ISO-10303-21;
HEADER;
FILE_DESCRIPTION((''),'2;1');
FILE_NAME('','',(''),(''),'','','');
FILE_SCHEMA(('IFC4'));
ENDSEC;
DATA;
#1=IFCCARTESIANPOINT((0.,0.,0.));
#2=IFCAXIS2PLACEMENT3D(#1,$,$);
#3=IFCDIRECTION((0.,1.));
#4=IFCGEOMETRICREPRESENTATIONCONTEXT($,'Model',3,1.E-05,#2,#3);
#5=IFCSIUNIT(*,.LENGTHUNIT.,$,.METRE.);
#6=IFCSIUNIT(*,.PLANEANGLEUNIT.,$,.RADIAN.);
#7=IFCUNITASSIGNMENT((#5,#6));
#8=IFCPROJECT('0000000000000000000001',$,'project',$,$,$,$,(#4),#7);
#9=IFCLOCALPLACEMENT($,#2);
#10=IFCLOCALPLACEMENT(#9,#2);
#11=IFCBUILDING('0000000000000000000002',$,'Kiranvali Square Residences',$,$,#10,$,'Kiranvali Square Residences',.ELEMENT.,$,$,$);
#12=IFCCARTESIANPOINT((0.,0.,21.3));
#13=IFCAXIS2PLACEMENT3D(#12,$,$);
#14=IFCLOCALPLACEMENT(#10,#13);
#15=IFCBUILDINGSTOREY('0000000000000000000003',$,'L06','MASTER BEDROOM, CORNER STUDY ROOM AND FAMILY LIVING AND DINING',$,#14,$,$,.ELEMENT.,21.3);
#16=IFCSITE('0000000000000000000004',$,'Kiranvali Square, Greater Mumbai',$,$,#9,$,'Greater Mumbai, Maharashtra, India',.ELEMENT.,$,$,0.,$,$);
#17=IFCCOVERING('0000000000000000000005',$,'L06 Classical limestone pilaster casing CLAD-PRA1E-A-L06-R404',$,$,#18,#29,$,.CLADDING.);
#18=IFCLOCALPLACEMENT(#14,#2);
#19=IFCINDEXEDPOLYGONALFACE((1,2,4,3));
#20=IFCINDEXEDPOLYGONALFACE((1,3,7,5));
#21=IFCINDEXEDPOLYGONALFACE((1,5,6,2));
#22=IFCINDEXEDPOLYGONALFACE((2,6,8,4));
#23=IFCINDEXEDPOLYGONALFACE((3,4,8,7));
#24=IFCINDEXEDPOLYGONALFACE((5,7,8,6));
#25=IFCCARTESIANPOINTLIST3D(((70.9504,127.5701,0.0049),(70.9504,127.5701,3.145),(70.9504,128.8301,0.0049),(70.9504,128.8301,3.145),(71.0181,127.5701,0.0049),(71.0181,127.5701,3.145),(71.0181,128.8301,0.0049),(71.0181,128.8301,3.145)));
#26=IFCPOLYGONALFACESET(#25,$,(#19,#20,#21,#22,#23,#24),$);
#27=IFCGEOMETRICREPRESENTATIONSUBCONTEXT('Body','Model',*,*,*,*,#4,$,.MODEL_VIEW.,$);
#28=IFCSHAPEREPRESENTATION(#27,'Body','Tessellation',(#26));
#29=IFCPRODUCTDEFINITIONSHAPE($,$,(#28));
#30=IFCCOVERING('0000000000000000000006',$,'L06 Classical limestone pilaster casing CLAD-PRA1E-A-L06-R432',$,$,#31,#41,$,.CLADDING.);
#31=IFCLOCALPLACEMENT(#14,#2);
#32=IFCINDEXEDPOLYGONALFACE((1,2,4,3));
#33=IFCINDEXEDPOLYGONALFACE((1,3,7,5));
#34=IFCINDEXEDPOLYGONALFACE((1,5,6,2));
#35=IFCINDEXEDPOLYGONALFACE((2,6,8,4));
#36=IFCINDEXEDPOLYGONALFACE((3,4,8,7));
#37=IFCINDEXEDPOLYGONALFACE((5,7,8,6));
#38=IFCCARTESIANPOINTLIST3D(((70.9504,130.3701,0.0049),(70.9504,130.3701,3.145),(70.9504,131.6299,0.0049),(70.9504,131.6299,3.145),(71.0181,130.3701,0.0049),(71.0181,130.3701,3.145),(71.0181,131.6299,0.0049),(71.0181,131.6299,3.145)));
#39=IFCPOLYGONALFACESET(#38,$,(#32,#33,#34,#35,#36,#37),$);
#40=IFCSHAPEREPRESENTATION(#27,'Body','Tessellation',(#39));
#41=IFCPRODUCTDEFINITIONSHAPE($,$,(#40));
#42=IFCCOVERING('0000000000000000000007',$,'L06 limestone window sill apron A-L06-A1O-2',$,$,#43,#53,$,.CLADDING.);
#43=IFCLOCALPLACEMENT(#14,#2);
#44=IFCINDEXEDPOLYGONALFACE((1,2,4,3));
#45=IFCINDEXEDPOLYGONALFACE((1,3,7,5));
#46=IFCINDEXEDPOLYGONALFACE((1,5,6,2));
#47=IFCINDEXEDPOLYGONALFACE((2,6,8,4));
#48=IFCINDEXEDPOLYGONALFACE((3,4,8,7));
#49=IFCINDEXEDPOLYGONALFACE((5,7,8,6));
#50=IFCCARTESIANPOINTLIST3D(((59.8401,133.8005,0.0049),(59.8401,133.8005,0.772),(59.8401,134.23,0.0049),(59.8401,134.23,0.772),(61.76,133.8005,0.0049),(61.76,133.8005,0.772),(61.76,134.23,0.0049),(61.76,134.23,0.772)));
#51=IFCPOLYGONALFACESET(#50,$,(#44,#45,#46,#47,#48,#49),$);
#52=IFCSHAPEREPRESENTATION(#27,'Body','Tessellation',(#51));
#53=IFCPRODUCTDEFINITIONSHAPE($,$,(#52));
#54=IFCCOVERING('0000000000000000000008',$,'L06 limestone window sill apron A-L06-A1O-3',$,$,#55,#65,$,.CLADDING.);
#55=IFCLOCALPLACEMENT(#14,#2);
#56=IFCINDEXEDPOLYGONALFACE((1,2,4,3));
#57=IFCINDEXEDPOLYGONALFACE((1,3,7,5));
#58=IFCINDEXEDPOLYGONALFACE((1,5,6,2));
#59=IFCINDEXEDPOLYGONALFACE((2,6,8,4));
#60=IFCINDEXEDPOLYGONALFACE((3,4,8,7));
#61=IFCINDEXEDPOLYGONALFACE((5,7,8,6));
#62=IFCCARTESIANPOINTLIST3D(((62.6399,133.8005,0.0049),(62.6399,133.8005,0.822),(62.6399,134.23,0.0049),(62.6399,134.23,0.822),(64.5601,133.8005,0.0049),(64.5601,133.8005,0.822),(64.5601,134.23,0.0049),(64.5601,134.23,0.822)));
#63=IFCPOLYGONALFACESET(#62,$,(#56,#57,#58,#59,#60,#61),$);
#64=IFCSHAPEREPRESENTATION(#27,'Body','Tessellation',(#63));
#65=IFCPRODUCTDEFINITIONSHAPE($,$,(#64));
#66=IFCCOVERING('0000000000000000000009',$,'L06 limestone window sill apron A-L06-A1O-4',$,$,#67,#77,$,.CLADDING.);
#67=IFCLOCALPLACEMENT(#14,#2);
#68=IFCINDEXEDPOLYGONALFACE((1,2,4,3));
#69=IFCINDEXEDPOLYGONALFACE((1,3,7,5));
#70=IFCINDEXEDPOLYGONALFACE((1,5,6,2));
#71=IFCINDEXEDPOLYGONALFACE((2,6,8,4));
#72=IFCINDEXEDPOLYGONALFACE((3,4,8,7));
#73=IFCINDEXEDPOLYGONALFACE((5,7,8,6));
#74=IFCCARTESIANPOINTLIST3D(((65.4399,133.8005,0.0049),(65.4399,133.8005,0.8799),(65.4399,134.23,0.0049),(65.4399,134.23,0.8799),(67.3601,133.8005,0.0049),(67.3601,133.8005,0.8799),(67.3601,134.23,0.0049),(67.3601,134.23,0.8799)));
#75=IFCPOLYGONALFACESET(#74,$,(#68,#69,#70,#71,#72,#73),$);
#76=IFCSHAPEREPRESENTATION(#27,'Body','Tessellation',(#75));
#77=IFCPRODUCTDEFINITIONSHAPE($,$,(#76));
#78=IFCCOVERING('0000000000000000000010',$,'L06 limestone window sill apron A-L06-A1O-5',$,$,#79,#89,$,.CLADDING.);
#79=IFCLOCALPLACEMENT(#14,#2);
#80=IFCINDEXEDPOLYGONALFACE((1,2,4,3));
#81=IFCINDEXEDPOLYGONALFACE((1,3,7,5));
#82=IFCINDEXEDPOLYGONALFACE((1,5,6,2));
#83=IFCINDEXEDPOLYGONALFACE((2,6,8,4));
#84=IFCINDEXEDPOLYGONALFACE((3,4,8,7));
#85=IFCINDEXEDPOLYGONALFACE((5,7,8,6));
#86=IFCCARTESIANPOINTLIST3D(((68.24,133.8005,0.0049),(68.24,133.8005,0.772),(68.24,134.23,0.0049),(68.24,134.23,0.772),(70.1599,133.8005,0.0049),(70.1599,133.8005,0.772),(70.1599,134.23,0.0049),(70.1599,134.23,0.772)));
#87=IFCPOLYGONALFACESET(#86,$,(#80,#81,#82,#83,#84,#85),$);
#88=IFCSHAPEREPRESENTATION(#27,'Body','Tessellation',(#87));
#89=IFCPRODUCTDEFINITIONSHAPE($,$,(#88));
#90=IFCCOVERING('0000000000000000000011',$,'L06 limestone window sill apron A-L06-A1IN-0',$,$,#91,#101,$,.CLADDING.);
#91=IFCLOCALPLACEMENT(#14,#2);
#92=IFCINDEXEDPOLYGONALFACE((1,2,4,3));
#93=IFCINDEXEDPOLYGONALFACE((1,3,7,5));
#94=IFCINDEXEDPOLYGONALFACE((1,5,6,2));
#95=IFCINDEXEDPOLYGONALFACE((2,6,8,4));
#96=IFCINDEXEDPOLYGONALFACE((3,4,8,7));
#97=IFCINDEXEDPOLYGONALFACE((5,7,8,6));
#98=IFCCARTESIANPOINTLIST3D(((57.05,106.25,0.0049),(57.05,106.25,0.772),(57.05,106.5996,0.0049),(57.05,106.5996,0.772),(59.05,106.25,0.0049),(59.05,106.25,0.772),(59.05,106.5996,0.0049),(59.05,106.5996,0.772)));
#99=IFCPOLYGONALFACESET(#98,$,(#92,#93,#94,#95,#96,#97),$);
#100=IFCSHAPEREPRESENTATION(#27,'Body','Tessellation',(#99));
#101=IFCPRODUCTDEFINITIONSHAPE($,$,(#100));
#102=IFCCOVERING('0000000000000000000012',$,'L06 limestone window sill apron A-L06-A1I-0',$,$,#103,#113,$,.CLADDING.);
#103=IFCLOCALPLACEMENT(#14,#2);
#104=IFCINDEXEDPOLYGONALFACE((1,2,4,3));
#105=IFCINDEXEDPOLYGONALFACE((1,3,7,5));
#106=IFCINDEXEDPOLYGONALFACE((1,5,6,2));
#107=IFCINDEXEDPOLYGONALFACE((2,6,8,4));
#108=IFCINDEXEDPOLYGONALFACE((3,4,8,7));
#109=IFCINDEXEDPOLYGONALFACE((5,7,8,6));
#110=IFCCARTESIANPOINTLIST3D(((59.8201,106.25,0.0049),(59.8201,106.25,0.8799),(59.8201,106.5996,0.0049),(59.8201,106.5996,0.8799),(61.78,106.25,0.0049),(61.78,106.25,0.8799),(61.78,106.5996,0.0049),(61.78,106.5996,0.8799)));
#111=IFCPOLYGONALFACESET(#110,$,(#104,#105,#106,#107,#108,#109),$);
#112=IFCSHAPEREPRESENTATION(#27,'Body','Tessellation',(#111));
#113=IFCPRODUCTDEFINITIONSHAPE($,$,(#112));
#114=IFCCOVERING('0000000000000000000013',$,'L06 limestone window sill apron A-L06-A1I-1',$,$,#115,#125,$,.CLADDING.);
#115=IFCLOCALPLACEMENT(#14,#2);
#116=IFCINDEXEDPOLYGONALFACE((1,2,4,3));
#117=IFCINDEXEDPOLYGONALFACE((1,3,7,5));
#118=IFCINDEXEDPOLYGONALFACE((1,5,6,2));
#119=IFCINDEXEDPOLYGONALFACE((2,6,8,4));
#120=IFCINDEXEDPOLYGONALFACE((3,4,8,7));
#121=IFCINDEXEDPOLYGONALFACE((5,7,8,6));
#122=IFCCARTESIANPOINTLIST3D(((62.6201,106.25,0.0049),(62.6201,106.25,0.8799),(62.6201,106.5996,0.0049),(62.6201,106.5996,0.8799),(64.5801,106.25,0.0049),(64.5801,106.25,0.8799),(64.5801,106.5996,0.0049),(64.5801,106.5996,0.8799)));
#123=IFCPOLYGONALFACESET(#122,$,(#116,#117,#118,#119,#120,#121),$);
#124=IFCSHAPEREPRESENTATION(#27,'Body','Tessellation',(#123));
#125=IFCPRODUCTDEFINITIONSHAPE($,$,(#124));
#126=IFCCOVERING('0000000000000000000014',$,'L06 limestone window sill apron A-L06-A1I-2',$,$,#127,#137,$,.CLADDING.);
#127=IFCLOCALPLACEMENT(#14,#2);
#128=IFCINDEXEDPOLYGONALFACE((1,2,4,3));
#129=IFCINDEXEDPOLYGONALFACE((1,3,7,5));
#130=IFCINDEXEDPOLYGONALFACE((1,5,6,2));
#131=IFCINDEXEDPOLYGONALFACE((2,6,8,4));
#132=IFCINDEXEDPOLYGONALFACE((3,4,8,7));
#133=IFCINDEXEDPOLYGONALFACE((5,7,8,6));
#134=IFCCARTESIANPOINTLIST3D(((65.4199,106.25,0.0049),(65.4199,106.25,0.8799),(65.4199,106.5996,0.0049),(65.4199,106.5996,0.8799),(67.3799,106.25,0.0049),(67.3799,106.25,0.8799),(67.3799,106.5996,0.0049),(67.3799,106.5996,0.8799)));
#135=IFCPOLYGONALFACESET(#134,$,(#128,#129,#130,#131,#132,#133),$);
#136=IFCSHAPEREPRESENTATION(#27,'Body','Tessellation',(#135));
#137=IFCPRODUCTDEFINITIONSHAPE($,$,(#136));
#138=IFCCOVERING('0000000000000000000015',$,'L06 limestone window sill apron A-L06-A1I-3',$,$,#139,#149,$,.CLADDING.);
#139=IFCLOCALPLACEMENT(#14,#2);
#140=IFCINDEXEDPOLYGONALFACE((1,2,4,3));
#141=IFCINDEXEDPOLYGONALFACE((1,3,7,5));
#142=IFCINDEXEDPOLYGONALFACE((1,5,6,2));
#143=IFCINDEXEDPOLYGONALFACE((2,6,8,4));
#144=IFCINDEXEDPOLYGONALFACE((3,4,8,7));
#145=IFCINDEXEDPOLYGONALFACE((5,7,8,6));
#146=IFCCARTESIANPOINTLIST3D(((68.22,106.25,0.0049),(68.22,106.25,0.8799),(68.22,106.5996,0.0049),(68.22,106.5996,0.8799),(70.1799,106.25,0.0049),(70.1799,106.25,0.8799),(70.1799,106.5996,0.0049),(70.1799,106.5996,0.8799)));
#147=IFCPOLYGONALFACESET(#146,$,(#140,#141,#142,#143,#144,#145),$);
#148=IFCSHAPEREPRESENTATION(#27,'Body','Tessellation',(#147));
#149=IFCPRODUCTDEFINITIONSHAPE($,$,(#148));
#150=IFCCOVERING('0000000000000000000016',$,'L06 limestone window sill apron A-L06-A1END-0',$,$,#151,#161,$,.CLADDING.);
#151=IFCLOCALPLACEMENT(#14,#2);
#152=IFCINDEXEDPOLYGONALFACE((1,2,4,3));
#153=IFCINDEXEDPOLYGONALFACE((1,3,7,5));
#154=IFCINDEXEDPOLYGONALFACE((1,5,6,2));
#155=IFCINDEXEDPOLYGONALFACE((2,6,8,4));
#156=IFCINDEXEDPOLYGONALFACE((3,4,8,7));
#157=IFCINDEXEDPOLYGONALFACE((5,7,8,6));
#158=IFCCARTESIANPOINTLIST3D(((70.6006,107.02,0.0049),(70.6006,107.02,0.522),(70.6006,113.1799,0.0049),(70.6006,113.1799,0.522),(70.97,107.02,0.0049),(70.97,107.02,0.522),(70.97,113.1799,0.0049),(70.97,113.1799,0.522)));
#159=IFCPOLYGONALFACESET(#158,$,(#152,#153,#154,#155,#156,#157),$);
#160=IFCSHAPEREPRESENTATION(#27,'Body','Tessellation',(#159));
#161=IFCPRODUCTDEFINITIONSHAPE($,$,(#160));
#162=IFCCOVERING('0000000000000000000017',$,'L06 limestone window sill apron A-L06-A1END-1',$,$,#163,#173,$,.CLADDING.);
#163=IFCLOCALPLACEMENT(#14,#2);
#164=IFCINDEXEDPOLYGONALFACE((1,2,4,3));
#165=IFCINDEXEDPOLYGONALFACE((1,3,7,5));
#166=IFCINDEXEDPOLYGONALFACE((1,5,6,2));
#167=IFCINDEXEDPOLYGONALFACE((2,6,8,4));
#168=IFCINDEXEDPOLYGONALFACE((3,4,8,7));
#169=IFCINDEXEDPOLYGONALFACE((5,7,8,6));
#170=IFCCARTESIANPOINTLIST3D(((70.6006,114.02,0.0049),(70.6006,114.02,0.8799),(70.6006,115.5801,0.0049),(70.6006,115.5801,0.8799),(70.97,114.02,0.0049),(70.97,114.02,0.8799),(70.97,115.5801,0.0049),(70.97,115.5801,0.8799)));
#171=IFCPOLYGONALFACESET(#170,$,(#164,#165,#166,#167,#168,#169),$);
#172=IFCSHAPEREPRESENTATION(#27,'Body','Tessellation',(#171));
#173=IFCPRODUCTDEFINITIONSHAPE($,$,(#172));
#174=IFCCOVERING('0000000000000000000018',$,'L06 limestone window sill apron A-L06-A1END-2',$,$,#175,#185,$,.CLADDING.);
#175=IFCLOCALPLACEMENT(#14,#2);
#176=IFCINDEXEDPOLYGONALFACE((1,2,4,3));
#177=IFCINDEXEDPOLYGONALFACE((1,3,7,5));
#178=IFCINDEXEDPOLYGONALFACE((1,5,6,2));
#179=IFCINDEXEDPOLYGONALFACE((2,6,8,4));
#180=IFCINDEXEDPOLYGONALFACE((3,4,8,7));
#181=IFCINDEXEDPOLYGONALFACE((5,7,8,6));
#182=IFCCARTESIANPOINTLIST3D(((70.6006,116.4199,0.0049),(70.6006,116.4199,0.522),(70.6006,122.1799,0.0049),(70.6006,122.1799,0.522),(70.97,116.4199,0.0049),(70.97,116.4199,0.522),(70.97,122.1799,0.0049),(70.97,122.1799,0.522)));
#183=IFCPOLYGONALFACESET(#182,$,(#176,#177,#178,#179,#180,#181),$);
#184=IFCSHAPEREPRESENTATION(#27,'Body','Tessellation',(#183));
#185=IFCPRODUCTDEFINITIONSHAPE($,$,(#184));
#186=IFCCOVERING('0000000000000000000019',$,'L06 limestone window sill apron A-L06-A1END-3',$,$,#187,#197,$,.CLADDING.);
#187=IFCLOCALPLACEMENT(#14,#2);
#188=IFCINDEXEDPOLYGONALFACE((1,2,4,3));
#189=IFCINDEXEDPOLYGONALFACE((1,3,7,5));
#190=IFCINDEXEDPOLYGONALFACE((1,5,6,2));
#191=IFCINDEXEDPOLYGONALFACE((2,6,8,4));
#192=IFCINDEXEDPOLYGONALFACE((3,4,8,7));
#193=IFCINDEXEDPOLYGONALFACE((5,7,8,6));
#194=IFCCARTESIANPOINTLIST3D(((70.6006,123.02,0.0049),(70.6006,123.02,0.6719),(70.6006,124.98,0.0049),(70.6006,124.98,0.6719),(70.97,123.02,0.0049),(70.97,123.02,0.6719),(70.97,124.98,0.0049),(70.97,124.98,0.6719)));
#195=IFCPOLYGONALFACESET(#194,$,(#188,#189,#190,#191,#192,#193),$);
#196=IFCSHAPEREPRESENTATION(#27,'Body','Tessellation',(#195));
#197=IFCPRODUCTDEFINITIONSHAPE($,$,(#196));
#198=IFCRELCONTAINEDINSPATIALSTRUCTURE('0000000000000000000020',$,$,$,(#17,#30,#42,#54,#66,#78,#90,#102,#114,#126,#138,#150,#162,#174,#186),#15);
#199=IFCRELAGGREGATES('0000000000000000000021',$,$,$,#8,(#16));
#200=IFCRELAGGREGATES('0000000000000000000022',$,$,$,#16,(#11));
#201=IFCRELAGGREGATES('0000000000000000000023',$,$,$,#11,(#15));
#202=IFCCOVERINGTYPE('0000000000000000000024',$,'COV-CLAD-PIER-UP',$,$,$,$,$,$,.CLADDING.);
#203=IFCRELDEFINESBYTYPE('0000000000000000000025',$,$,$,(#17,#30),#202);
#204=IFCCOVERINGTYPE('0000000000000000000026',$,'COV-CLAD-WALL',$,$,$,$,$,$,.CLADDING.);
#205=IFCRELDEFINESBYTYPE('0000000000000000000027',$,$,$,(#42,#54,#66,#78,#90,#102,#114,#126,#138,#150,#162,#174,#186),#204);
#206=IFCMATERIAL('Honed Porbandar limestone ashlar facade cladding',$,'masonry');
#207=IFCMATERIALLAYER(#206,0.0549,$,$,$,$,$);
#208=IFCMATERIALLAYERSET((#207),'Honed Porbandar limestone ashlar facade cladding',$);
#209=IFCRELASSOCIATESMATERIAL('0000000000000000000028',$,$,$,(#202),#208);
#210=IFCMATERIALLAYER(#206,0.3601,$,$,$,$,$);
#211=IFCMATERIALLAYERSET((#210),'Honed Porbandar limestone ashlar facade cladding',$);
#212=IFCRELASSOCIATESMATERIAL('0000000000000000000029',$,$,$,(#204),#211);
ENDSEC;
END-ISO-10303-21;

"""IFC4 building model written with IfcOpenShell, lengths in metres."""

from ifc_helpers import new_model, si_unit, direction, frame, origin, place, context, subcontext, project, spatial, polyline, outline, extrude, material, layer, layer_set, type_object, element, save


model = new_model("IFC4")

# Units and contexts
model_context = context("Model", 3, precision=1e-05, world=origin(), true_north=direction((0.0, 1.0)))
body_context = subcontext(model_context, "Body", "Model", "MODEL_VIEW")
ifc_project = project(units=[si_unit("LENGTHUNIT", "METRE"), si_unit("PLANEANGLEUNIT", "RADIAN")], contexts=[model_context])

# Site, building, storey
site_placement = place(None, origin())
site = spatial("IfcSite", under=ifc_project, at=site_placement, Name="Kiranvali Square, Greater Mumbai", LongName="Greater Mumbai, Maharashtra, India", CompositionType="ELEMENT", RefElevation=0.0)
building_placement = place(site_placement, origin())
building = spatial("IfcBuilding", under=site, at=building_placement, Name="Kiranvali Square Residences", LongName="Kiranvali Square Residences", CompositionType="ELEMENT")
storey_placement = place(building_placement, frame((0.0, 0.0, 21.3)))
storey = spatial("IfcBuildingStorey", under=building, at=storey_placement, Name="L06", Description="MASTER BEDROOM, CORNER STUDY ROOM AND FAMILY LIVING AND DINING", CompositionType="ELEMENT", Elevation=21.3)

# Coverings
ifc_material = material(Name="Honed Porbandar limestone ashlar facade cladding", Category="masonry")
ifc_layer_1 = layer(ifc_material, 0.0549)
ifc_layer_set_1 = layer_set([ifc_layer_1], Name="Honed Porbandar limestone ashlar facade cladding")
covering_type_1 = type_object("IfcCoveringType", Name="COV-CLAD-PIER-UP", PredefinedType="CLADDING", material=ifc_layer_set_1)
covering_1_placement = place(storey_placement, frame((0.0, 0.0, 0.0049)))
element("IfcCovering", 1, at=covering_1_placement, inside=storey, type_object=covering_type_1, Name="L06 Classical limestone pilaster casing CLAD-PRA1E-A-L06-R404", PredefinedType="CLADDING", context=body_context, shape_type="SweptSolid", body=[
    extrude(outline(polyline([(71.0181, 127.5701), (71.0181, 128.8301), (70.9504, 128.8301), (70.9504, 127.5701), (71.0181, 127.5701)])), origin(), (0.0, 0.0, 1.0), 3.1401),
])
covering_2_placement = place(storey_placement, frame((0.0, 0.0, 0.0049)))
element("IfcCovering", 2, at=covering_2_placement, inside=storey, type_object=covering_type_1, Name="L06 Classical limestone pilaster casing CLAD-PRA1E-A-L06-R432", PredefinedType="CLADDING", context=body_context, shape_type="SweptSolid", body=[
    extrude(outline(polyline([(71.0181, 130.3701), (71.0181, 131.6299), (70.9504, 131.6299), (70.9504, 130.3701), (71.0181, 130.3701)])), origin(), (0.0, 0.0, 1.0), 3.1401),
])
ifc_layer_2 = layer(ifc_material, 0.3601)
ifc_layer_set_2 = layer_set([ifc_layer_2], Name="Honed Porbandar limestone ashlar facade cladding")
covering_type_2 = type_object("IfcCoveringType", Name="COV-CLAD-WALL", PredefinedType="CLADDING", material=ifc_layer_set_2)
covering_3_placement = place(storey_placement, frame((0.0, 0.0, 0.0049)))
element("IfcCovering", 3, at=covering_3_placement, inside=storey, type_object=covering_type_2, Name="L06 limestone window sill apron A-L06-A1O-2", PredefinedType="CLADDING", context=body_context, shape_type="SweptSolid", body=[
    extrude(outline(polyline([(59.8401, 133.8005), (61.76, 133.8005), (61.76, 134.23), (59.8401, 134.23), (59.8401, 133.8005)])), origin(), (0.0, 0.0, 1.0), 0.7671),
])
covering_4_placement = place(storey_placement, frame((0.0, 0.0, 0.0049)))
element("IfcCovering", 4, at=covering_4_placement, inside=storey, type_object=covering_type_2, Name="L06 limestone window sill apron A-L06-A1O-3", PredefinedType="CLADDING", context=body_context, shape_type="SweptSolid", body=[
    extrude(outline(polyline([(62.6399, 133.8005), (64.5601, 133.8005), (64.5601, 134.23), (62.6399, 134.23), (62.6399, 133.8005)])), origin(), (0.0, 0.0, 1.0), 0.8171),
])
covering_5_placement = place(storey_placement, frame((0.0, 0.0, 0.0049)))
element("IfcCovering", 5, at=covering_5_placement, inside=storey, type_object=covering_type_2, Name="L06 limestone window sill apron A-L06-A1O-4", PredefinedType="CLADDING", context=body_context, shape_type="SweptSolid", body=[
    extrude(outline(polyline([(65.4399, 133.8005), (67.3601, 133.8005), (67.3601, 134.23), (65.4399, 134.23), (65.4399, 133.8005)])), origin(), (0.0, 0.0, 1.0), 0.875),
])
covering_6_placement = place(storey_placement, frame((0.0, 0.0, 0.0049)))
element("IfcCovering", 6, at=covering_6_placement, inside=storey, type_object=covering_type_2, Name="L06 limestone window sill apron A-L06-A1O-5", PredefinedType="CLADDING", context=body_context, shape_type="SweptSolid", body=[
    extrude(outline(polyline([(68.24, 133.8005), (70.1599, 133.8005), (70.1599, 134.23), (68.24, 134.23), (68.24, 133.8005)])), origin(), (0.0, 0.0, 1.0), 0.7671),
])
covering_7_placement = place(storey_placement, frame((0.0, 0.0, 0.0049)))
element("IfcCovering", 7, at=covering_7_placement, inside=storey, type_object=covering_type_2, Name="L06 limestone window sill apron A-L06-A1IN-0", PredefinedType="CLADDING", context=body_context, shape_type="SweptSolid", body=[
    extrude(outline(polyline([(57.05, 106.25), (59.05, 106.25), (59.05, 106.5996), (57.05, 106.5996), (57.05, 106.25)])), origin(), (0.0, 0.0, 1.0), 0.7671),
])
covering_8_placement = place(storey_placement, frame((0.0, 0.0, 0.0049)))
element("IfcCovering", 8, at=covering_8_placement, inside=storey, type_object=covering_type_2, Name="L06 limestone window sill apron A-L06-A1I-0", PredefinedType="CLADDING", context=body_context, shape_type="SweptSolid", body=[
    extrude(outline(polyline([(59.8201, 106.25), (61.78, 106.25), (61.78, 106.5996), (59.8201, 106.5996), (59.8201, 106.25)])), origin(), (0.0, 0.0, 1.0), 0.875),
])
covering_9_placement = place(storey_placement, frame((0.0, 0.0, 0.0049)))
element("IfcCovering", 9, at=covering_9_placement, inside=storey, type_object=covering_type_2, Name="L06 limestone window sill apron A-L06-A1I-1", PredefinedType="CLADDING", context=body_context, shape_type="SweptSolid", body=[
    extrude(outline(polyline([(62.6201, 106.25), (64.5801, 106.25), (64.5801, 106.5996), (62.6201, 106.5996), (62.6201, 106.25)])), origin(), (0.0, 0.0, 1.0), 0.875),
])
covering_10_placement = place(storey_placement, frame((0.0, 0.0, 0.0049)))
element("IfcCovering", 10, at=covering_10_placement, inside=storey, type_object=covering_type_2, Name="L06 limestone window sill apron A-L06-A1I-2", PredefinedType="CLADDING", context=body_context, shape_type="SweptSolid", body=[
    extrude(outline(polyline([(65.4199, 106.25), (67.3799, 106.25), (67.3799, 106.5996), (65.4199, 106.5996), (65.4199, 106.25)])), origin(), (0.0, 0.0, 1.0), 0.875),
])
covering_11_placement = place(storey_placement, frame((0.0, 0.0, 0.0049)))
element("IfcCovering", 11, at=covering_11_placement, inside=storey, type_object=covering_type_2, Name="L06 limestone window sill apron A-L06-A1I-3", PredefinedType="CLADDING", context=body_context, shape_type="SweptSolid", body=[
    extrude(outline(polyline([(68.22, 106.25), (70.1799, 106.25), (70.1799, 106.5996), (68.22, 106.5996), (68.22, 106.25)])), origin(), (0.0, 0.0, 1.0), 0.875),
])
covering_12_placement = place(storey_placement, frame((0.0, 0.0, 0.0049)))
element("IfcCovering", 12, at=covering_12_placement, inside=storey, type_object=covering_type_2, Name="L06 limestone window sill apron A-L06-A1END-0", PredefinedType="CLADDING", context=body_context, shape_type="SweptSolid", body=[
    extrude(outline(polyline([(70.97, 107.02), (70.97, 113.1799), (70.6006, 113.1799), (70.6006, 107.02), (70.97, 107.02)])), origin(), (0.0, 0.0, 1.0), 0.5171),
])
covering_13_placement = place(storey_placement, frame((0.0, 0.0, 0.0049)))
element("IfcCovering", 13, at=covering_13_placement, inside=storey, type_object=covering_type_2, Name="L06 limestone window sill apron A-L06-A1END-1", PredefinedType="CLADDING", context=body_context, shape_type="SweptSolid", body=[
    extrude(outline(polyline([(70.97, 114.02), (70.97, 115.5801), (70.6006, 115.5801), (70.6006, 114.02), (70.97, 114.02)])), origin(), (0.0, 0.0, 1.0), 0.875),
])
covering_14_placement = place(storey_placement, frame((0.0, 0.0, 0.0049)))
element("IfcCovering", 14, at=covering_14_placement, inside=storey, type_object=covering_type_2, Name="L06 limestone window sill apron A-L06-A1END-2", PredefinedType="CLADDING", context=body_context, shape_type="SweptSolid", body=[
    extrude(outline(polyline([(70.97, 116.4199), (70.97, 122.1799), (70.6006, 122.1799), (70.6006, 116.4199), (70.97, 116.4199)])), origin(), (0.0, 0.0, 1.0), 0.5171),
])
covering_15_placement = place(storey_placement, frame((0.0, 0.0, 0.0049)))
element("IfcCovering", 15, at=covering_15_placement, inside=storey, type_object=covering_type_2, Name="L06 limestone window sill apron A-L06-A1END-3", PredefinedType="CLADDING", context=body_context, shape_type="SweptSolid", body=[
    extrude(outline(polyline([(70.97, 123.02), (70.97, 124.98), (70.6006, 124.98), (70.6006, 123.02), (70.97, 123.02)])), origin(), (0.0, 0.0, 1.0), 0.667),
])

save(model, "model.ifc")
